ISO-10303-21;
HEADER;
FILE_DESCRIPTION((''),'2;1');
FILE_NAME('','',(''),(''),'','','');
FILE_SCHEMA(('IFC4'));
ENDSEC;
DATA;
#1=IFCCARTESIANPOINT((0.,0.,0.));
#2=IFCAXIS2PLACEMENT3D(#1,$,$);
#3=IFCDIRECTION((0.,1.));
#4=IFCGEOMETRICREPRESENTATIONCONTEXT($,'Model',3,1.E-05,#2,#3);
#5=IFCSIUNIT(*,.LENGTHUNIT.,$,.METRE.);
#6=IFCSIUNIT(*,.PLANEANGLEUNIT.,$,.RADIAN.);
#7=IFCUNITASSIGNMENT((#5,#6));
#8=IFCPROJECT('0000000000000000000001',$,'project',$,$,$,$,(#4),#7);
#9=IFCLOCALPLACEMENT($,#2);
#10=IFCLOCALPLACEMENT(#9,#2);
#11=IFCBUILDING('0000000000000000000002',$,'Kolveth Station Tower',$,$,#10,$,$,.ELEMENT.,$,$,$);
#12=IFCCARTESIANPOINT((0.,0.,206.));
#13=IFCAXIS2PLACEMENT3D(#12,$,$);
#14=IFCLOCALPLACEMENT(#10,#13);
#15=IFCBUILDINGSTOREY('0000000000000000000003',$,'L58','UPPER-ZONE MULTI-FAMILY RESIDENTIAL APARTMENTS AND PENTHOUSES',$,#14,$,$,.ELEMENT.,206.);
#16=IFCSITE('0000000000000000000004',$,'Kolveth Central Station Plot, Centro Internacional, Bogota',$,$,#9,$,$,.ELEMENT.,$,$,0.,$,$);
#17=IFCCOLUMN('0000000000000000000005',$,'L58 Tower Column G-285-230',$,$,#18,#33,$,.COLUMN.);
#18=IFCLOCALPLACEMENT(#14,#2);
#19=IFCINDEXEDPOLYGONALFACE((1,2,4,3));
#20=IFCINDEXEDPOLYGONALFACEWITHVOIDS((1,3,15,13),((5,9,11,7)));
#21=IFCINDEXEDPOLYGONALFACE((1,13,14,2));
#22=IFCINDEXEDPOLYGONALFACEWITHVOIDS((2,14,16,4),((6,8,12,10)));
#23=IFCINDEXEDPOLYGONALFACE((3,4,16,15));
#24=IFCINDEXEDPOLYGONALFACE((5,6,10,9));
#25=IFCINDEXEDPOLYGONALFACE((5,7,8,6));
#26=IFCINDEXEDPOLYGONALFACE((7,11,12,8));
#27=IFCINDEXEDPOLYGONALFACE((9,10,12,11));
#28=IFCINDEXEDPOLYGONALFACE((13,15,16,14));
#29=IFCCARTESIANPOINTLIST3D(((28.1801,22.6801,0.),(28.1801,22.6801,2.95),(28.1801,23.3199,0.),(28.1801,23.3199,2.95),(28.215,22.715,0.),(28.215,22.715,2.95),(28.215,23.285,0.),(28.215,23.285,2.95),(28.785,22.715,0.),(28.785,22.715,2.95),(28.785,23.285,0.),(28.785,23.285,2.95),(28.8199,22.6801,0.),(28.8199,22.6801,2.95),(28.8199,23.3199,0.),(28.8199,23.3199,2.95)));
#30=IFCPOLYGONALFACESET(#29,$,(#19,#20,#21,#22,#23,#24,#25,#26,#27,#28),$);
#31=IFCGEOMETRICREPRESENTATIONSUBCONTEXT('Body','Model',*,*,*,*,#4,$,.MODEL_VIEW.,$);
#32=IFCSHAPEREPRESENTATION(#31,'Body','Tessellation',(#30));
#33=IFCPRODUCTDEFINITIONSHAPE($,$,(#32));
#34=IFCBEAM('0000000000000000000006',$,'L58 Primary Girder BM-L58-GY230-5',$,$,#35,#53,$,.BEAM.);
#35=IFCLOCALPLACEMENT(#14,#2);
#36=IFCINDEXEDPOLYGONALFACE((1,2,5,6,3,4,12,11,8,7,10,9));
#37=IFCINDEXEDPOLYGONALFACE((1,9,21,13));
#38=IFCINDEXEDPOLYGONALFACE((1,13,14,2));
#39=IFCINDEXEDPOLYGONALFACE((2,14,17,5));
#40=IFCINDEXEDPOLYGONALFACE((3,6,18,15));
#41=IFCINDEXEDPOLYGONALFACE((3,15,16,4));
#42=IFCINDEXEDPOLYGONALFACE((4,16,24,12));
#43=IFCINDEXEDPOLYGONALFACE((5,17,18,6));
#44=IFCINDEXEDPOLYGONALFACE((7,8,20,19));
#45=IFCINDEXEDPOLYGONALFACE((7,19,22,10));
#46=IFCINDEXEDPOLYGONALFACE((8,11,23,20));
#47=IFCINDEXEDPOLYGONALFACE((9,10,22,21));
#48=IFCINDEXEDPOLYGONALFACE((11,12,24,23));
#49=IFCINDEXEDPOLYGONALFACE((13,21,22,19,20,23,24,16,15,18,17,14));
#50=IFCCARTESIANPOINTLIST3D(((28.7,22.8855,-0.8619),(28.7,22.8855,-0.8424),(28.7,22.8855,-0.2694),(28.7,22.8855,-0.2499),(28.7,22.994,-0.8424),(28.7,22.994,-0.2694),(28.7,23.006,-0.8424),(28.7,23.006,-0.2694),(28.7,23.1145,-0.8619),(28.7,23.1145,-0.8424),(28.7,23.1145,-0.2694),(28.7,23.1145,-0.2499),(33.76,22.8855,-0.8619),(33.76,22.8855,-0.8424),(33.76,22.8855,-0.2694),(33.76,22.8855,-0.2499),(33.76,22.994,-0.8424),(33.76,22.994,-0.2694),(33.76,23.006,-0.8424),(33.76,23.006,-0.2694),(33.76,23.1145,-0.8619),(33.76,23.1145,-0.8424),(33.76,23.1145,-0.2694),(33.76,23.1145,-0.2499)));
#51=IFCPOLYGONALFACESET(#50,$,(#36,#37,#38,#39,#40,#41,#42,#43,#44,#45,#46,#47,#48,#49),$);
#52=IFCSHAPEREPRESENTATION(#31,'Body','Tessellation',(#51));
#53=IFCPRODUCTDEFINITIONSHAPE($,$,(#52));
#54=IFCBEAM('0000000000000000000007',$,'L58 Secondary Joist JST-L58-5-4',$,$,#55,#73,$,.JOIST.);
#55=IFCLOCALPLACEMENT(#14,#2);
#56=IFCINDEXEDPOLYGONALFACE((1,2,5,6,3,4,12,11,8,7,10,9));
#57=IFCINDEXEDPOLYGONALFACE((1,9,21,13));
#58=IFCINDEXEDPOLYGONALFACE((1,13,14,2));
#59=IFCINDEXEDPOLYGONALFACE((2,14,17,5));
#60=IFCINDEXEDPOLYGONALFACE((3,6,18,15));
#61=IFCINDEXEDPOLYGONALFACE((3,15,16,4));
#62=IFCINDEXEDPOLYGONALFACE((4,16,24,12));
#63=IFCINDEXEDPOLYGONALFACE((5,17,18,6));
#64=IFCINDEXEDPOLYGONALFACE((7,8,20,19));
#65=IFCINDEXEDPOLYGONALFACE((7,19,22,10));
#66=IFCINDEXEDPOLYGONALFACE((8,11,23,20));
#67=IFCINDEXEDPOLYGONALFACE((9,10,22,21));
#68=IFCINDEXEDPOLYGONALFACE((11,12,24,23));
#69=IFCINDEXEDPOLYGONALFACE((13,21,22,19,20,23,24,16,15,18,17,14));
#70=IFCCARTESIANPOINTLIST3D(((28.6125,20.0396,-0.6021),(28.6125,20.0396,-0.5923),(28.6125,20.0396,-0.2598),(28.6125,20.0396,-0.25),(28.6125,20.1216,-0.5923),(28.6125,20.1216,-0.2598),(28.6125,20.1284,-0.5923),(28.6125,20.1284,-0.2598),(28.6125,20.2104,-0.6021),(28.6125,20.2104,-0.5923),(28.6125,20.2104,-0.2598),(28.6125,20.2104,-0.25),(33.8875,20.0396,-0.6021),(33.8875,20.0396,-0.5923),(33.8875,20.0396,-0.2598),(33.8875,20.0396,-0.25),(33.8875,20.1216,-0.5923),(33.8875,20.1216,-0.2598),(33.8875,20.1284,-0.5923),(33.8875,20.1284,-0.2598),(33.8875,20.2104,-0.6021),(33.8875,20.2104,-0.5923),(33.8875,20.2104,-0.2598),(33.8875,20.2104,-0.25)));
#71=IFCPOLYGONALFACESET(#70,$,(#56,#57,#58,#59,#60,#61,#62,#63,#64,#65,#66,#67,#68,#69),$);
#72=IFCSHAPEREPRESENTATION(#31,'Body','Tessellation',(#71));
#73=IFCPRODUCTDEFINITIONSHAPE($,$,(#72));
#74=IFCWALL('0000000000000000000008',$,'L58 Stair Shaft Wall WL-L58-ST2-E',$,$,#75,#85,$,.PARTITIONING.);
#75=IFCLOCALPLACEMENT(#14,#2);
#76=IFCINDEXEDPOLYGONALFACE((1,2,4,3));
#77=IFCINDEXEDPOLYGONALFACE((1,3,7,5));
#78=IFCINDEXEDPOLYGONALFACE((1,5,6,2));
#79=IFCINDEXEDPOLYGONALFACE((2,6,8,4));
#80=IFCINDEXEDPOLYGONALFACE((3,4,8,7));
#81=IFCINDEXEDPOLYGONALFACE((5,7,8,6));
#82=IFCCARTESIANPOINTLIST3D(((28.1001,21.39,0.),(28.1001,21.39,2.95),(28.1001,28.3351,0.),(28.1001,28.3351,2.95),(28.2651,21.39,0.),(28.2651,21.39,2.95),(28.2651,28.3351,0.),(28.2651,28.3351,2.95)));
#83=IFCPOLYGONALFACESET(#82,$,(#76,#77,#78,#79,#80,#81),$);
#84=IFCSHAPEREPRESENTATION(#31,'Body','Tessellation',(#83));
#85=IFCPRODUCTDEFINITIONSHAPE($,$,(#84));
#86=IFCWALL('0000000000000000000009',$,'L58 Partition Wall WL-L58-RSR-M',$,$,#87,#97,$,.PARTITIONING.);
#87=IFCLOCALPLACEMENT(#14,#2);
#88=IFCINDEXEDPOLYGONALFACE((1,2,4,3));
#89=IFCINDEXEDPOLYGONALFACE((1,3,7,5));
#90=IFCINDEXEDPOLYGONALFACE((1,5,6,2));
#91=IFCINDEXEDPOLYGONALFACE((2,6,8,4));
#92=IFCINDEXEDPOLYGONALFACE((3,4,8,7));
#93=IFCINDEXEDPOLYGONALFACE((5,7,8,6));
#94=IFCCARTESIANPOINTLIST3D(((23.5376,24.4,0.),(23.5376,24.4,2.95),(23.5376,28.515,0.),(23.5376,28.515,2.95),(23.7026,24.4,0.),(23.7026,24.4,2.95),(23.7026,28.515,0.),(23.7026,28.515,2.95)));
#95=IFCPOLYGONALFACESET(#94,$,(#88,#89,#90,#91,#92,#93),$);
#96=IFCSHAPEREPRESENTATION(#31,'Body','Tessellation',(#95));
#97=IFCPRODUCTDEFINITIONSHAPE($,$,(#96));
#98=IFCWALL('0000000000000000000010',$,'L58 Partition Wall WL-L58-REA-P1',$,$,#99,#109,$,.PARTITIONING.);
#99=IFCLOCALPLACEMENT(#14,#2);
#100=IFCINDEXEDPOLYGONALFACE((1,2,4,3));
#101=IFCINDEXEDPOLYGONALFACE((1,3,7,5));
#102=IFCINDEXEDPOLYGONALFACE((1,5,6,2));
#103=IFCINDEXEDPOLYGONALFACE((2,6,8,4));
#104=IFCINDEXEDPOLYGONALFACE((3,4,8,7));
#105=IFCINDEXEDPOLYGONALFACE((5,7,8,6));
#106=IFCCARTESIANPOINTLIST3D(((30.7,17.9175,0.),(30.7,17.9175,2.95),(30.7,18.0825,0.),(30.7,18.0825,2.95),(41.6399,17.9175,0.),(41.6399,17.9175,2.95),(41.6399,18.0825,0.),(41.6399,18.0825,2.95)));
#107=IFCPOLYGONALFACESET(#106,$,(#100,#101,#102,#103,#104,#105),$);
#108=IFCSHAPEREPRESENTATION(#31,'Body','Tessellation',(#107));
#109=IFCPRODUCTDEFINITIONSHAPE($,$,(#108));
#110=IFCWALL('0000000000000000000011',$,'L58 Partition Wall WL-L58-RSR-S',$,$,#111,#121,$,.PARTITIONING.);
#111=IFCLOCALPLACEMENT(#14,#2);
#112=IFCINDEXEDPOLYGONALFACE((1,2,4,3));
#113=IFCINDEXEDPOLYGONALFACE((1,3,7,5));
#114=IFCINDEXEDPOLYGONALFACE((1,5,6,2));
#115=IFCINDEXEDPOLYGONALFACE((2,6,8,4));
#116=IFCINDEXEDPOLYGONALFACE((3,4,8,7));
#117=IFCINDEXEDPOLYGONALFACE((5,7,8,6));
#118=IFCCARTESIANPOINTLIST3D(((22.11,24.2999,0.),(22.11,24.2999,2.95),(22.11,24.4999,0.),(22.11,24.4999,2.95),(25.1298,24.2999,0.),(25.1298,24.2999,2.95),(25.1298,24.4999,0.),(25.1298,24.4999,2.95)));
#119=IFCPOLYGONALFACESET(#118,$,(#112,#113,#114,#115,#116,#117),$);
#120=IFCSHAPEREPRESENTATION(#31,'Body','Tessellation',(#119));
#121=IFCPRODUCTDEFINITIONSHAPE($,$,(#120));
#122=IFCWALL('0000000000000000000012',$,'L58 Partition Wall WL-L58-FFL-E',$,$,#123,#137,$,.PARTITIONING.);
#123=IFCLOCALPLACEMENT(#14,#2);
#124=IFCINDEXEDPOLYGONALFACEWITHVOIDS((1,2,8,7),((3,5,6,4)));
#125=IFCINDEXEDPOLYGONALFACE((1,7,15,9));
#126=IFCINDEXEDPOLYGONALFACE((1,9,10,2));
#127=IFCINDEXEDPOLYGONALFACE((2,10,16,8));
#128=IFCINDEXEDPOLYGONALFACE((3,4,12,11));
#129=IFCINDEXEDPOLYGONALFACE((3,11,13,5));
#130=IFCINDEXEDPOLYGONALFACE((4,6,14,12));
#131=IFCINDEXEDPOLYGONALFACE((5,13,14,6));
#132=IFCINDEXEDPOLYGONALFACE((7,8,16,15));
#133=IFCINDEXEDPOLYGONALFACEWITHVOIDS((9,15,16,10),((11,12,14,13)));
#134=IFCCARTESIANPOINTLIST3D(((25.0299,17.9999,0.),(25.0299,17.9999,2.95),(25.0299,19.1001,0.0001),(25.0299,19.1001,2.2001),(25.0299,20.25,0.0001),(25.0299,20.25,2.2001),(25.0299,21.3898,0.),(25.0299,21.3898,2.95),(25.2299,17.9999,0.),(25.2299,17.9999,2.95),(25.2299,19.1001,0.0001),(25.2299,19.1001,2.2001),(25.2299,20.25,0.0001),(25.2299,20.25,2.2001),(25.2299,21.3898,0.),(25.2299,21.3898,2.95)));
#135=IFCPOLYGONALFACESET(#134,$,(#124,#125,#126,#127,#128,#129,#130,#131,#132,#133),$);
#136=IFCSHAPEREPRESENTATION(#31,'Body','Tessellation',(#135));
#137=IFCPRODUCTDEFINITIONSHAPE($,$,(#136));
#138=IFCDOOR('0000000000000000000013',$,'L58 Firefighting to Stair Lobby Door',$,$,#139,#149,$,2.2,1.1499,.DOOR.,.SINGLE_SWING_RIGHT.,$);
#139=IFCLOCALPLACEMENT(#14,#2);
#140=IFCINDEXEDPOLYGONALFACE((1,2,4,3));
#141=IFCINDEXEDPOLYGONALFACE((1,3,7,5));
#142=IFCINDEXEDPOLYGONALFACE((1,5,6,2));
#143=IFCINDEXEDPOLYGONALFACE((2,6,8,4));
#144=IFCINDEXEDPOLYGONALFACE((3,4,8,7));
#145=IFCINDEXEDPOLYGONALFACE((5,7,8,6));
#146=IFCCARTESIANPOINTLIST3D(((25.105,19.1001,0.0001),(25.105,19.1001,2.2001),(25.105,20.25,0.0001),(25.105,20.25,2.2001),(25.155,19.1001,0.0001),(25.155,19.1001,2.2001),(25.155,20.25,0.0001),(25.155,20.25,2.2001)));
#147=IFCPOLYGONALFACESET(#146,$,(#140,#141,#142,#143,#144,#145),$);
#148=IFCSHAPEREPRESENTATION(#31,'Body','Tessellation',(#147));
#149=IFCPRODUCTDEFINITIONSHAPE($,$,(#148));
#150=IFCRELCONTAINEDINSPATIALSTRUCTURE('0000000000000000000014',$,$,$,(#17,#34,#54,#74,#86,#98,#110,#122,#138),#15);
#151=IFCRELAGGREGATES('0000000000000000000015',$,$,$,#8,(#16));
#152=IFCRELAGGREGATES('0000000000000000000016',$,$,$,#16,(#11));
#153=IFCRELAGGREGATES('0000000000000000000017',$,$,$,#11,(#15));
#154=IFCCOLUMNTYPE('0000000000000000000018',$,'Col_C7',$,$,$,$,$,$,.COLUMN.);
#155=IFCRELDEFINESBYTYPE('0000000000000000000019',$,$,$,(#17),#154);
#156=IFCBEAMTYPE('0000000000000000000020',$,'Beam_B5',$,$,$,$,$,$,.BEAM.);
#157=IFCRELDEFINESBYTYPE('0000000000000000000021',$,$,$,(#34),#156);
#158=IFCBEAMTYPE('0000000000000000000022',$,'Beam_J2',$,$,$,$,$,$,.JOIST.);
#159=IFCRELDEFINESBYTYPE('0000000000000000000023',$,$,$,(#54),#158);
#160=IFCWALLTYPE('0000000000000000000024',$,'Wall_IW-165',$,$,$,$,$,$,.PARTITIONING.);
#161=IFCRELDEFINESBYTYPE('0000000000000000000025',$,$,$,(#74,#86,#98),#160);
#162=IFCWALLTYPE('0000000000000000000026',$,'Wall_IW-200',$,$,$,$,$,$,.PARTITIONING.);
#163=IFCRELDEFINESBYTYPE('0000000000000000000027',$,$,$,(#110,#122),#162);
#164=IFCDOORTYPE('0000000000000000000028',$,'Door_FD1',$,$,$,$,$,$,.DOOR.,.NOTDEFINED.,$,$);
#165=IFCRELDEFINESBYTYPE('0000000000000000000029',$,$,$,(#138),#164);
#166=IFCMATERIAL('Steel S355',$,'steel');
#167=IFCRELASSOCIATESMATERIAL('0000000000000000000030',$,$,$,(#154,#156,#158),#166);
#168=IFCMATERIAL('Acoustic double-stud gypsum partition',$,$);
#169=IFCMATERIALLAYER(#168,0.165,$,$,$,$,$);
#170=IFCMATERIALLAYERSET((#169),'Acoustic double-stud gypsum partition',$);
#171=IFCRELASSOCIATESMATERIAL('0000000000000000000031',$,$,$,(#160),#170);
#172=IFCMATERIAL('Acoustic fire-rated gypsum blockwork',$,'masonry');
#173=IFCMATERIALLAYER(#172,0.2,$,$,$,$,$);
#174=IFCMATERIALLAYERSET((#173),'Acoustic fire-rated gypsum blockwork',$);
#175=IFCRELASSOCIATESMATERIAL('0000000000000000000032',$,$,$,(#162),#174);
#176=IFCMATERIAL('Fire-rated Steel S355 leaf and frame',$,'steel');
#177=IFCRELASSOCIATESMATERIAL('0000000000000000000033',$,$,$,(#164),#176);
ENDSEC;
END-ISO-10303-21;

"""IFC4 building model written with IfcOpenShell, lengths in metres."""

from ifc_helpers import new_model, si_unit, direction, frame, frame_2d, origin, origin_2d, place, context, subcontext, project, spatial, rectangle, hollow_rectangle, i_section, extrude, source, transform, mapped, material, layer, layer_set, material_profile, profile_set, type_object, element, fill, save


model = new_model("IFC4")

# Units and contexts
model_context = context("Model", 3, precision=1e-05, world=origin(), true_north=direction((0.0, 1.0)))
body_context = subcontext(model_context, "Body", "Model", "MODEL_VIEW")
ifc_project = project(units=[si_unit("LENGTHUNIT", "METRE"), si_unit("PLANEANGLEUNIT", "RADIAN")], contexts=[model_context])

# Site, building, storey
site_placement = place(None, origin())
site = spatial("IfcSite", under=ifc_project, at=site_placement, Name="Kolveth Central Station Plot, Centro Internacional, Bogota", CompositionType="ELEMENT", RefElevation=0.0)
building_placement = place(site_placement, origin())
building = spatial("IfcBuilding", under=site, at=building_placement, Name="Kolveth Station Tower", CompositionType="ELEMENT")
storey_placement = place(building_placement, frame((0.0, 0.0, 206.0)))
storey = spatial("IfcBuildingStorey", under=building, at=storey_placement, Name="L58", Description="UPPER-ZONE MULTI-FAMILY RESIDENTIAL APARTMENTS AND PENTHOUSES", CompositionType="ELEMENT", Elevation=206.0)

# Column
ifc_material_1 = material(Name="Steel S355", Category="steel")
ifc_material_profile_1 = material_profile(ifc_material_1, hollow_rectangle(XDim=0.6399, YDim=0.6399, WallThickness=0.0349, at=origin_2d()), Name="BOX640x640x35")
ifc_profile_set_1 = profile_set([ifc_material_profile_1], Name="Steel S355")
column_type = type_object("IfcColumnType", Name="Col_C7", PredefinedType="COLUMN", material=ifc_profile_set_1)
shared_shape_1 = source(origin(), body_context, "Body", "SweptSolid", [
    extrude(hollow_rectangle(XDim=0.6399, YDim=0.6399, WallThickness=0.0349, at=origin_2d()), origin(), (0.0, 0.0, 1.0), 2.95),
])
column_placement = place(storey_placement, frame((28.5, 23.0, 0.0), z_axis=(0.0, 0.0, 1.0), x_axis=(1.0, 0.0, 0.0)))
element("IfcColumn", 1, at=column_placement, inside=storey, type_object=column_type, Name="L58 Tower Column G-285-230", PredefinedType="COLUMN", context=body_context, shape_type="MappedRepresentation", body=[
    mapped(shared_shape_1, transform((0.0, 0.0, 0.0), x_axis=(1.0, 0.0, 0.0), y_axis=(0.0, 1.0, 0.0), z_axis=(0.0, 0.0, 1.0), scale=1.0)),
])

# Beams
ifc_material_profile_2 = material_profile(ifc_material_1, i_section(OverallWidth=0.229, OverallDepth=0.6121, WebThickness=0.012, FlangeThickness=0.0195, at=origin_2d()), Name="W610x125")
ifc_profile_set_2 = profile_set([ifc_material_profile_2], Name="Steel S355")
beam_type_1 = type_object("IfcBeamType", Name="Beam_B5", PredefinedType="BEAM", material=ifc_profile_set_2)
shared_shape_2 = source(origin(), body_context, "Body", "SweptSolid", [
    extrude(i_section(OverallWidth=0.229, OverallDepth=0.6121, WebThickness=0.012, FlangeThickness=0.0195, at=origin_2d()), origin(), (0.0, 0.0, 1.0), 5.0601),
])
beam_1_placement = place(storey_placement, frame((28.7, 23.0, -0.5559), z_axis=(1.0, 0.0, 0.0), x_axis=(0.0, 1.0, 0.0)))
element("IfcBeam", 2, at=beam_1_placement, inside=storey, type_object=beam_type_1, Name="L58 Primary Girder BM-L58-GY230-5", PredefinedType="BEAM", context=body_context, shape_type="MappedRepresentation", body=[
    mapped(shared_shape_2, transform((0.0, 0.0, 0.0), x_axis=(1.0, 0.0, 0.0), y_axis=(0.0, 1.0, 0.0), z_axis=(0.0, 0.0, 1.0), scale=1.0)),
])
ifc_material_profile_3 = material_profile(ifc_material_1, i_section(OverallWidth=0.1709, OverallDepth=0.3521, WebThickness=0.0068, FlangeThickness=0.0098, at=origin_2d()), Name="W360x44")
ifc_profile_set_3 = profile_set([ifc_material_profile_3], Name="Steel S355")
beam_type_2 = type_object("IfcBeamType", Name="Beam_J2", PredefinedType="JOIST", material=ifc_profile_set_3)
shared_shape_3 = source(origin(), body_context, "Body", "SweptSolid", [
    extrude(i_section(OverallWidth=0.1709, OverallDepth=0.3521, WebThickness=0.0068, FlangeThickness=0.0098, at=origin_2d()), origin(), (0.0, 0.0, 1.0), 5.2749),
])
beam_2_placement = place(storey_placement, frame((28.6125, 20.125, -0.426), z_axis=(1.0, 0.0, 0.0), x_axis=(0.0, 1.0, 0.0)))
element("IfcBeam", 3, at=beam_2_placement, inside=storey, type_object=beam_type_2, Name="L58 Secondary Joist JST-L58-5-4", PredefinedType="JOIST", context=body_context, shape_type="MappedRepresentation", body=[
    mapped(shared_shape_3, transform((0.0, 0.0, 0.0), x_axis=(1.0, 0.0, 0.0), y_axis=(0.0, 1.0, 0.0), z_axis=(0.0, 0.0, 1.0), scale=1.0)),
])

# Walls
ifc_material_2 = material(Name="Acoustic double-stud gypsum partition")
ifc_layer_1 = layer(ifc_material_2, 0.165)
ifc_layer_set_1 = layer_set([ifc_layer_1], Name="Acoustic double-stud gypsum partition")
wall_type_1 = type_object("IfcWallType", Name="Wall_IW-165", PredefinedType="PARTITIONING", material=ifc_layer_set_1)
wall_1_placement = place(storey_placement, frame((28.1826, 21.3899, 0.0), z_axis=(0.0, 0.0, 1.0), x_axis=(0.0, 1.0, 0.0)))
element("IfcWall", 4, at=wall_1_placement, inside=storey, type_object=wall_type_1, Name="L58 Stair Shaft Wall WL-L58-ST2-E", PredefinedType="PARTITIONING", context=body_context, shape_type="SweptSolid", body=[
    extrude(rectangle(XDim=6.9451, YDim=0.165, at=frame_2d((3.4727, 0.0))), origin(), (0.0, 0.0, 1.0), 2.95),
])
wall_2_placement = place(storey_placement, frame((23.6201, 24.3999, 0.0), z_axis=(0.0, 0.0, 1.0), x_axis=(0.0, 1.0, 0.0)))
element("IfcWall", 5, at=wall_2_placement, inside=storey, type_object=wall_type_1, Name="L58 Partition Wall WL-L58-RSR-M", PredefinedType="PARTITIONING", context=body_context, shape_type="SweptSolid", body=[
    extrude(rectangle(XDim=4.115, YDim=0.165, at=frame_2d((2.0576, 0.0))), origin(), (0.0, 0.0, 1.0), 2.95),
])
wall_3_placement = place(storey_placement, frame((30.7, 18.0, 0.0), z_axis=(0.0, 0.0, 1.0), x_axis=(1.0, 0.0, 0.0)))
element("IfcWall", 6, at=wall_3_placement, inside=storey, type_object=wall_type_1, Name="L58 Partition Wall WL-L58-REA-P1", PredefinedType="PARTITIONING", context=body_context, shape_type="SweptSolid", body=[
    extrude(rectangle(XDim=10.9399, YDim=0.165, at=frame_2d((5.47, 0.0))), origin(), (0.0, 0.0, 1.0), 2.95),
])
ifc_material_3 = material(Name="Acoustic fire-rated gypsum blockwork", Category="masonry")
ifc_layer_2 = layer(ifc_material_3, 0.2)
ifc_layer_set_2 = layer_set([ifc_layer_2], Name="Acoustic fire-rated gypsum blockwork")
wall_type_2 = type_object("IfcWallType", Name="Wall_IW-200", PredefinedType="PARTITIONING", material=ifc_layer_set_2)
wall_4_placement = place(storey_placement, frame((22.1101, 24.3999, 0.0), z_axis=(0.0, 0.0, 1.0), x_axis=(1.0, 0.0, 0.0)))
element("IfcWall", 7, at=wall_4_placement, inside=storey, type_object=wall_type_2, Name="L58 Partition Wall WL-L58-RSR-S", PredefinedType="PARTITIONING", context=body_context, shape_type="SweptSolid", body=[
    extrude(rectangle(XDim=3.0198, YDim=0.2, at=frame_2d((1.5098, 0.0))), origin(), (0.0, 0.0, 1.0), 2.95),
])

# Wall, opening, door
wall_5_placement = place(storey_placement, frame((25.1299, 18.0, 0.0), z_axis=(0.0, 0.0, 1.0), x_axis=(0.0, 1.0, 0.0)))
wall_5 = element("IfcWall", 8, at=wall_5_placement, inside=storey, type_object=wall_type_2, Name="L58 Partition Wall WL-L58-FFL-E", PredefinedType="PARTITIONING", context=body_context, shape_type="SweptSolid", body=[
    extrude(rectangle(XDim=3.3899, YDim=0.2, at=frame_2d((1.6948, 0.0))), origin(), (0.0, 0.0, 1.0), 2.95),
])
opening_1_placement = place(wall_5_placement, frame((1.1001, 0.0, 0.0)))
opening_1 = element("IfcOpeningElement", 9, at=opening_1_placement, cuts=wall_5, PredefinedType="OPENING", context=body_context, shape_type="SweptSolid", body=[
    extrude(rectangle(XDim=1.1499, YDim=2.2, at=frame_2d((0.575, 1.1001))), frame((0.0, 0.1099, 0.0), z_axis=(0.0, -1.0, 0.0), x_axis=(1.0, 0.0, 0.0)), (0.0, 0.0, 1.0), 0.22),
])
ifc_material_4 = material(Name="Fire-rated Steel S355 leaf and frame", Category="steel")
door_type_1 = type_object("IfcDoorType", Name="Door_FD1", OperationType="NOTDEFINED", PredefinedType="DOOR", material=ifc_material_4)
door_1_placement = place(opening_1_placement, origin())
door_1 = element("IfcDoor", 10, at=door_1_placement, inside=storey, type_object=door_type_1, Name="L58 Firefighting to Stair Lobby Door", OperationType="SINGLE_SWING_RIGHT", OverallHeight=2.2, OverallWidth=1.1499, PredefinedType="DOOR", context=body_context, shape_type="SweptSolid", body=[
    extrude(rectangle(XDim=1.1499, YDim=2.2, at=frame_2d((0.575, 1.1001))), frame((0.0, 0.0249, 0.0), z_axis=(0.0, -1.0, 0.0), x_axis=(1.0, 0.0, 0.0)), (0.0, 0.0, 1.0), 0.05),
])
fill(opening_1, door_1)

save(model, "model.ifc")
